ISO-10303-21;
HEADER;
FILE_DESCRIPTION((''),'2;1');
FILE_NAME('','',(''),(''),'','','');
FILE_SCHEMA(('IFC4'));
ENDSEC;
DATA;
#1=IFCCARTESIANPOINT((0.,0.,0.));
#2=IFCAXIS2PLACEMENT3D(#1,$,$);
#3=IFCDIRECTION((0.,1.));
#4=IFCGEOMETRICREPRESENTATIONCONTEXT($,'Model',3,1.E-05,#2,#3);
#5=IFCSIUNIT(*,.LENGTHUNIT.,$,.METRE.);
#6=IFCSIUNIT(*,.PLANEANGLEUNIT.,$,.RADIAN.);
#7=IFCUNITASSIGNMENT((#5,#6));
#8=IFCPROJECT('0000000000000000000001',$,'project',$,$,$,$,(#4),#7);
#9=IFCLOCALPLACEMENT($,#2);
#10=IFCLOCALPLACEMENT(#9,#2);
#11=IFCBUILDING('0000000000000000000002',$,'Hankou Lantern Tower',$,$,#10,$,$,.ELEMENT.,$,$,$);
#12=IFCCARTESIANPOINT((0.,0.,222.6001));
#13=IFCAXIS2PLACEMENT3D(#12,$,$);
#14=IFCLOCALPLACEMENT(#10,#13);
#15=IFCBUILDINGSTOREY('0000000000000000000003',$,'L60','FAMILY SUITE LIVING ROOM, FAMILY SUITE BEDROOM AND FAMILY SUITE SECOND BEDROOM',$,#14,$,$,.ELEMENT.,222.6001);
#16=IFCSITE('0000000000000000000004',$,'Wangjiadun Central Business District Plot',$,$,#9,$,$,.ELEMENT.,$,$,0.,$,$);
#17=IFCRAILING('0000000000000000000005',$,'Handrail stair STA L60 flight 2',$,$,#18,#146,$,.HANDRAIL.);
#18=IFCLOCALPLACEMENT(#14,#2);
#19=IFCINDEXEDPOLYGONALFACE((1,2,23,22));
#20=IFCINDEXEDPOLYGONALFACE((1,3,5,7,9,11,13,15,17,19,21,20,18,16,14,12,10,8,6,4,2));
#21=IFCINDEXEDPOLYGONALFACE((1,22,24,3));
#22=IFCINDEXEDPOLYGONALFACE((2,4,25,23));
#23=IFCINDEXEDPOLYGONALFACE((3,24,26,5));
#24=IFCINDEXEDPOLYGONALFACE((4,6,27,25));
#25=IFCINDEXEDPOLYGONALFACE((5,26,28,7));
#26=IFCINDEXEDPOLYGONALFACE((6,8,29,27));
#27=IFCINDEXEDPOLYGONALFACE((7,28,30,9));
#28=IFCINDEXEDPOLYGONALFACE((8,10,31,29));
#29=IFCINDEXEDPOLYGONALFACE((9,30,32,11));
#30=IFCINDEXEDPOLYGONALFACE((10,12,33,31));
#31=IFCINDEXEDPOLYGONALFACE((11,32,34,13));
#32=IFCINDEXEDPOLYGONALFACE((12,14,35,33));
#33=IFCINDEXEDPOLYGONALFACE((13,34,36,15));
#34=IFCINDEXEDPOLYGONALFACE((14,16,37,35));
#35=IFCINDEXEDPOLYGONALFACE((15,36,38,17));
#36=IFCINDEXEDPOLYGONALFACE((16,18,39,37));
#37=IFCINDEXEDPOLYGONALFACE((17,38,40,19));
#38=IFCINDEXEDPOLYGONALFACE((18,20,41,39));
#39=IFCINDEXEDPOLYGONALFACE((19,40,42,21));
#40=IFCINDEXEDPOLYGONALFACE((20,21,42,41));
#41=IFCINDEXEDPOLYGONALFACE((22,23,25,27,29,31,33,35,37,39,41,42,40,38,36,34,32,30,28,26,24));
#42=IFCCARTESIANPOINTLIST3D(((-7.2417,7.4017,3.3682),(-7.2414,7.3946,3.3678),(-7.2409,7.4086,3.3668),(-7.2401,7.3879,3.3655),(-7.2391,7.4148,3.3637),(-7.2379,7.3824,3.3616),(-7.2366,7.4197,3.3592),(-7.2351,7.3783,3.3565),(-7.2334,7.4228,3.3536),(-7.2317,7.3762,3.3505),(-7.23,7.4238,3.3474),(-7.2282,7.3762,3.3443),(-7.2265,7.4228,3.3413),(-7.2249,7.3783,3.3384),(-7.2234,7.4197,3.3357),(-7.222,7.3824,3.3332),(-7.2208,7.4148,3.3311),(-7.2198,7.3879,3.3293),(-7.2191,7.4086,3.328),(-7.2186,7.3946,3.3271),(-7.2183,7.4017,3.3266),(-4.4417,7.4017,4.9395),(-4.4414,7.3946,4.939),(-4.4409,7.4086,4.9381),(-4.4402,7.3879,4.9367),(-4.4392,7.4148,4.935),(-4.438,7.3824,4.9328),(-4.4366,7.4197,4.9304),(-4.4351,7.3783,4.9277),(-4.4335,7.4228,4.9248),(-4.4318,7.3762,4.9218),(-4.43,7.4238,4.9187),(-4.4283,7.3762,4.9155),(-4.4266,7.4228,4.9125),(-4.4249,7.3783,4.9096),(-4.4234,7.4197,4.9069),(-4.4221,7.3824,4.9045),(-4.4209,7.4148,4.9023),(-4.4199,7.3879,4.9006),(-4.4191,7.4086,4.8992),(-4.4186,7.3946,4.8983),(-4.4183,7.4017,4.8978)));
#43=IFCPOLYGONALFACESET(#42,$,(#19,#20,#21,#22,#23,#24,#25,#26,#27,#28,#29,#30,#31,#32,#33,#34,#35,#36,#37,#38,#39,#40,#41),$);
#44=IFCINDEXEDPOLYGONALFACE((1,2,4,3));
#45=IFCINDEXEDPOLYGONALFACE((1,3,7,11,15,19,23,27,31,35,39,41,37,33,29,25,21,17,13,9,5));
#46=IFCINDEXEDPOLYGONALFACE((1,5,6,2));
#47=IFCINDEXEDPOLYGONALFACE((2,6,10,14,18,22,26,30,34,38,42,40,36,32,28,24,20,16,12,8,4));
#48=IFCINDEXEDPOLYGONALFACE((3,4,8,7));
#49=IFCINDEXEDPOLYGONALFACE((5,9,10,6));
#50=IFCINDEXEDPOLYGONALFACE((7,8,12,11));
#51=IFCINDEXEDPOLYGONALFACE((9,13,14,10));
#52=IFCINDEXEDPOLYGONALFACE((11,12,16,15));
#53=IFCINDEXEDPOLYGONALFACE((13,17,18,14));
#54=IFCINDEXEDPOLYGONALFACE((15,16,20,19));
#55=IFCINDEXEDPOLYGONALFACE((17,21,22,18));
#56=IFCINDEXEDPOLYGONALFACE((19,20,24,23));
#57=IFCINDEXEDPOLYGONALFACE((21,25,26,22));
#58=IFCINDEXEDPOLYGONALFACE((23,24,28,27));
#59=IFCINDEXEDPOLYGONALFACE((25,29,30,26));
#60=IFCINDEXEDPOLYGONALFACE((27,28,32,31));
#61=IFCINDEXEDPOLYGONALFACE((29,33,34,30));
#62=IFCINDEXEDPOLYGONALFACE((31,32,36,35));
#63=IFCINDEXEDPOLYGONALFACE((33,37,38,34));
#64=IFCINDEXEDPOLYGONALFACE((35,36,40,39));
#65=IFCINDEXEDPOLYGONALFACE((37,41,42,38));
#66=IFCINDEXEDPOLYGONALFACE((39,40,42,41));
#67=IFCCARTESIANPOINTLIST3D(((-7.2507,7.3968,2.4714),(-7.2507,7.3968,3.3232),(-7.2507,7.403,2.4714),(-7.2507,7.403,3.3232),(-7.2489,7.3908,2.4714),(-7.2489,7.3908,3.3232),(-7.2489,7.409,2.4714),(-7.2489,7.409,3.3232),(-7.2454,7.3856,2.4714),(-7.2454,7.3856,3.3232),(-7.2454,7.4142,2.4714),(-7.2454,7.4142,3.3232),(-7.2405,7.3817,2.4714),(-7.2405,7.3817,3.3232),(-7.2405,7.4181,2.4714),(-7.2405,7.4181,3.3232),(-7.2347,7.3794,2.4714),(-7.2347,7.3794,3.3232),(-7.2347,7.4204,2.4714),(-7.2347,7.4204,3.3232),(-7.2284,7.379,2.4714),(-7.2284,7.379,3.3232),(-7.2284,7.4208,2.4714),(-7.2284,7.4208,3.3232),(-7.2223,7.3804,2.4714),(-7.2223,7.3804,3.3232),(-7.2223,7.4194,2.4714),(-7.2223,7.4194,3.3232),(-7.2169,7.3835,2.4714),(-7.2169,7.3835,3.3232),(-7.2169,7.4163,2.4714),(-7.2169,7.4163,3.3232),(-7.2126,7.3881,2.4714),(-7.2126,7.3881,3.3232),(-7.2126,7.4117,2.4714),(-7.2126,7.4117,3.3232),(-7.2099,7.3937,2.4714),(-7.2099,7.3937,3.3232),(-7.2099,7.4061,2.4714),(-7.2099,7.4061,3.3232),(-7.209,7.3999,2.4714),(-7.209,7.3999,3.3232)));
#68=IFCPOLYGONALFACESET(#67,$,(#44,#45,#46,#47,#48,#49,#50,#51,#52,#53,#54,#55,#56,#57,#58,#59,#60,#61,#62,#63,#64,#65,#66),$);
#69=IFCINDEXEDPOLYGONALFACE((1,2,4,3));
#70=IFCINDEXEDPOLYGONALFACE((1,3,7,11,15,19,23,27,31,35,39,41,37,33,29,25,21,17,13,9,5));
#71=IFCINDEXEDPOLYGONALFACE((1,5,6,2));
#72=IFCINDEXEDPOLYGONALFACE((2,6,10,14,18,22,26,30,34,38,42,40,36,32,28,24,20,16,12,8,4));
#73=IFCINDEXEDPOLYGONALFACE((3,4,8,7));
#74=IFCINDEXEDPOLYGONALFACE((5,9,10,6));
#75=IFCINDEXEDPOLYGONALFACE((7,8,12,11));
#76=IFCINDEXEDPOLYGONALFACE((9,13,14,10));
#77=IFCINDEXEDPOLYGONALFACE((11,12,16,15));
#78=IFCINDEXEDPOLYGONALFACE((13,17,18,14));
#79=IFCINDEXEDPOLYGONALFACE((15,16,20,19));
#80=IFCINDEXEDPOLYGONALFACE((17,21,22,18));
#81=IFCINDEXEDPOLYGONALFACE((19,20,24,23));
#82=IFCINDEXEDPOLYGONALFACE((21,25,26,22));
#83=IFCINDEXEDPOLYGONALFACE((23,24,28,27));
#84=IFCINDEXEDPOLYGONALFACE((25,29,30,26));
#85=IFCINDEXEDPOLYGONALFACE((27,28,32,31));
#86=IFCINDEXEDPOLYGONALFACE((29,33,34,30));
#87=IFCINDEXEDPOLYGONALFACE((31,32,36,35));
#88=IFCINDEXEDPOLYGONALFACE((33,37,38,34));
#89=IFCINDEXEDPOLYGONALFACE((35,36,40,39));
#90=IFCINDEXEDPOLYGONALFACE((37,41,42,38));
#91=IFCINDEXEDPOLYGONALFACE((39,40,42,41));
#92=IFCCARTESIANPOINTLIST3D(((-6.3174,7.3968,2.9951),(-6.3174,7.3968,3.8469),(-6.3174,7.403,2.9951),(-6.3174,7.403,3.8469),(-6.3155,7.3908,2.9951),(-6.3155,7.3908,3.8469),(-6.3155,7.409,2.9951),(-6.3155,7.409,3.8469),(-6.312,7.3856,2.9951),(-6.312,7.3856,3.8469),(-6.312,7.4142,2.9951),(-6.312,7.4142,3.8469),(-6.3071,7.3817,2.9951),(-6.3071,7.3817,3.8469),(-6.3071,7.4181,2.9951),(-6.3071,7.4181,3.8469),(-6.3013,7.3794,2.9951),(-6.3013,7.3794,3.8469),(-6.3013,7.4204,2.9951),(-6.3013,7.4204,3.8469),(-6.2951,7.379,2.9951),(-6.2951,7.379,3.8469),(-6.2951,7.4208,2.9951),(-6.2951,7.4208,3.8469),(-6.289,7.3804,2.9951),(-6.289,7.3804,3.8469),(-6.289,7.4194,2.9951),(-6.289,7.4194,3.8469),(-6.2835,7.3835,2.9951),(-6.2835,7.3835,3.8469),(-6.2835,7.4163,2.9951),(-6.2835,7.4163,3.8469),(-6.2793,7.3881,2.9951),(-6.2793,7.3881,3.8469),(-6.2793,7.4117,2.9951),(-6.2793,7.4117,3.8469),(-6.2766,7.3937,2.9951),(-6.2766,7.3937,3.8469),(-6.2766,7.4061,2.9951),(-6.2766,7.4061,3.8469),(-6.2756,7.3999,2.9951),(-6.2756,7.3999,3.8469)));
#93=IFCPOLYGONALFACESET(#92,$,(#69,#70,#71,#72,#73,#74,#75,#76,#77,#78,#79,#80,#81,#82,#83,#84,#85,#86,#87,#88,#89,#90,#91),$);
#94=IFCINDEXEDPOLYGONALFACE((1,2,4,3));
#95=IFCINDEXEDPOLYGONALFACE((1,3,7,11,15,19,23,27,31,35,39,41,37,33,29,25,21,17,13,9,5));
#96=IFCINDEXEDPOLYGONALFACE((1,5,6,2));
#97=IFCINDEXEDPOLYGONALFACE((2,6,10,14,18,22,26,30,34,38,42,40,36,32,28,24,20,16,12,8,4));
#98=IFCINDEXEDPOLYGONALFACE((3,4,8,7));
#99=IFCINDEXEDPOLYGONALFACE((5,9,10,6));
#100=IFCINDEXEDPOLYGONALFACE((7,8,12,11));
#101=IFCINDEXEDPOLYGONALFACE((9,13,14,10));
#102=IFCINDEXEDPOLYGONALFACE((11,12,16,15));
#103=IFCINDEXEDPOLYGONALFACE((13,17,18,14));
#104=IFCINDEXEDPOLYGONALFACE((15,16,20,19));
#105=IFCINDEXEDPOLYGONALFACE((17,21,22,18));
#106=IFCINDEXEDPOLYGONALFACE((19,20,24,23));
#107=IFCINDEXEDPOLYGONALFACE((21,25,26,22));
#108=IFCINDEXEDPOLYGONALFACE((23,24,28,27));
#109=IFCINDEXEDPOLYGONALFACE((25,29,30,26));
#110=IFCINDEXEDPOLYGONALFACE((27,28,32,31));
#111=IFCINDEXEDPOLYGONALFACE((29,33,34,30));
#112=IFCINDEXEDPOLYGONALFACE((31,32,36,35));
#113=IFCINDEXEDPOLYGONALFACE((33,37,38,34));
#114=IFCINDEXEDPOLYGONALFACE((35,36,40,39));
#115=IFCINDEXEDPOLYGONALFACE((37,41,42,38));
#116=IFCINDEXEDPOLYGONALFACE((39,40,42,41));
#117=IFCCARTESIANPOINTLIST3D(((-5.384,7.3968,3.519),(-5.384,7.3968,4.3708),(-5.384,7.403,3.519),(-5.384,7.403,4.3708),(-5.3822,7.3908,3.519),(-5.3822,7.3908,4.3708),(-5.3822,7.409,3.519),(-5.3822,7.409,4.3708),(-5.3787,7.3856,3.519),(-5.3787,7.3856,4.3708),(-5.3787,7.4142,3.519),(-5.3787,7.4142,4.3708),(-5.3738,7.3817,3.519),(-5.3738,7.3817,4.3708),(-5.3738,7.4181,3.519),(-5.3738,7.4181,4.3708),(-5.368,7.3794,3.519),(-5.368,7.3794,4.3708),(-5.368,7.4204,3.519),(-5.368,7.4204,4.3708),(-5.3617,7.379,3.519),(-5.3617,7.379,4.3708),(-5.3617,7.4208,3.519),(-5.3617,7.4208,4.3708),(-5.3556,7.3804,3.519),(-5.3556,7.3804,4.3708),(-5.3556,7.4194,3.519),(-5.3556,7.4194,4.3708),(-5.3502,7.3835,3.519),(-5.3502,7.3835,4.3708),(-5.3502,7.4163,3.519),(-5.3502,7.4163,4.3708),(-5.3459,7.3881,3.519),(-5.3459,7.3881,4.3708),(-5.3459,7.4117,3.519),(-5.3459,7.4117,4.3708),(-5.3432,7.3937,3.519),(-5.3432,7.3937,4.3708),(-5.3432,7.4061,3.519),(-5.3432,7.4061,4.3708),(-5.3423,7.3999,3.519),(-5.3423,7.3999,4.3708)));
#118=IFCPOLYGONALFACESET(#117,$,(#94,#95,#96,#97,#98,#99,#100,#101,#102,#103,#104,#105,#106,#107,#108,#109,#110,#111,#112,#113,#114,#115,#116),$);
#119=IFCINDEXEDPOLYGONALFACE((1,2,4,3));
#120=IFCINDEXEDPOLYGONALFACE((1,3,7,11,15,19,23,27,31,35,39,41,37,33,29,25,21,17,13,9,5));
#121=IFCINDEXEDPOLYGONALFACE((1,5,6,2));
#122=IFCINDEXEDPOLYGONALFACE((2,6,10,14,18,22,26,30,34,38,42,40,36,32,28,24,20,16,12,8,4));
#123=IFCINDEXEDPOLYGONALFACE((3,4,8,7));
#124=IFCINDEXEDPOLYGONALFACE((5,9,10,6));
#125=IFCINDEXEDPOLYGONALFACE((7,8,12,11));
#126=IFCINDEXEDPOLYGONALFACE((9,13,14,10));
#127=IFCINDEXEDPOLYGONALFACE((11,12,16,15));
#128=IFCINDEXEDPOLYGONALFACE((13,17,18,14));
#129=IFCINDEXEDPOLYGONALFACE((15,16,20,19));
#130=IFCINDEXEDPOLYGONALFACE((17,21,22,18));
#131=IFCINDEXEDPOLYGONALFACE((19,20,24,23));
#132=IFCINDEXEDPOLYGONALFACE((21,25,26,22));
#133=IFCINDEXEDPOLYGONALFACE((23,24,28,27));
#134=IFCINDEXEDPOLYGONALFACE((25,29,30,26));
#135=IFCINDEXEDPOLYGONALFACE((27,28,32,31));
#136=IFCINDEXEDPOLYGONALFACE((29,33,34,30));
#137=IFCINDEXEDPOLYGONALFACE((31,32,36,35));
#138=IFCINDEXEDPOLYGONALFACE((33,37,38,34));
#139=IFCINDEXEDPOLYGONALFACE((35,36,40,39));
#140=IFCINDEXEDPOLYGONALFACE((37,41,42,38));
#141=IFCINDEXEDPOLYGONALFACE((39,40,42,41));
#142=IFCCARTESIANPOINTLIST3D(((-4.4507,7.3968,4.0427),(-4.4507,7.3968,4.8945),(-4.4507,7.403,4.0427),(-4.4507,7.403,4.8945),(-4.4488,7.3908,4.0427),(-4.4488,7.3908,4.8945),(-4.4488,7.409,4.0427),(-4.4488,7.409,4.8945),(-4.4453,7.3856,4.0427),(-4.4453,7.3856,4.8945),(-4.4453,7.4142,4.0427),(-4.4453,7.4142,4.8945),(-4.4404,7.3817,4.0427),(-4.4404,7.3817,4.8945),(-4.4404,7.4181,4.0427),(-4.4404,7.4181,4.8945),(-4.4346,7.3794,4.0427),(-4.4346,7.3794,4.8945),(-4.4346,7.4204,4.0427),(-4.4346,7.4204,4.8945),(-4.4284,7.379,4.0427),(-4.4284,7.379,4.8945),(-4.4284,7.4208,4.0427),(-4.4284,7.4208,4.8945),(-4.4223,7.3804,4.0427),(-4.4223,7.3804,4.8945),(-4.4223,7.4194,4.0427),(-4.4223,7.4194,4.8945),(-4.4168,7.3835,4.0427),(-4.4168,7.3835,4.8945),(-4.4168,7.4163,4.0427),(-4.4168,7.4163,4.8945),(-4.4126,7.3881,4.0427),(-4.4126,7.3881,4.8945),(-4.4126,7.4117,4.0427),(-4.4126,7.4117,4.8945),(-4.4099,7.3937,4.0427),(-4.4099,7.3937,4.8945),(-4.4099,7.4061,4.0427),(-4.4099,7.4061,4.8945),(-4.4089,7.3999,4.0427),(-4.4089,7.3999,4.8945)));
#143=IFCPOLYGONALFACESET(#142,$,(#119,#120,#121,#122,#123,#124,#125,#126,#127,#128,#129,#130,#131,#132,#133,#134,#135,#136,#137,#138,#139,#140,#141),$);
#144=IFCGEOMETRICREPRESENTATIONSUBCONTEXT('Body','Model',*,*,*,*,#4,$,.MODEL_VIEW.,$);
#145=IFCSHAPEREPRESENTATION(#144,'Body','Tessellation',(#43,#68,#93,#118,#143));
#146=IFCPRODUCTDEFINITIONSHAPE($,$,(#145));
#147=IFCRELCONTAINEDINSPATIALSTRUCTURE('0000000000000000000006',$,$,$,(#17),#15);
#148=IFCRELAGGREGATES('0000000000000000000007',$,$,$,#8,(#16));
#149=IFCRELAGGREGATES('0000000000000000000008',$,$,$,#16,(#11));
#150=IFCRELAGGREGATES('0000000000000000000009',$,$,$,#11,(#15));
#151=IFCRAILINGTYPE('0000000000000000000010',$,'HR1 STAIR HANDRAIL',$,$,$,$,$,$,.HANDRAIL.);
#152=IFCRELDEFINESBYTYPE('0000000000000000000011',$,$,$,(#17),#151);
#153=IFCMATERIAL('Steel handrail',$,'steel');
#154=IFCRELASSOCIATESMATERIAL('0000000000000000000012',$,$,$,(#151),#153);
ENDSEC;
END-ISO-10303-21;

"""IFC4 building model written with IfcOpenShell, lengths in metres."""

from ifc_helpers import new_model, si_unit, direction, frame, origin, origin_2d, place, context, subcontext, project, spatial, circle, extrude, material, type_object, element, save


model = new_model("IFC4")

# Units and contexts
model_context = context("Model", 3, precision=1e-05, world=origin(), true_north=direction((0.0, 1.0)))
body_context = subcontext(model_context, "Body", "Model", "MODEL_VIEW")
ifc_project = project(units=[si_unit("LENGTHUNIT", "METRE"), si_unit("PLANEANGLEUNIT", "RADIAN")], contexts=[model_context])

# Site, building, storey
site_placement = place(None, origin())
site = spatial("IfcSite", under=ifc_project, at=site_placement, Name="Wangjiadun Central Business District Plot", CompositionType="ELEMENT", RefElevation=0.0)
building_placement = place(site_placement, origin())
building = spatial("IfcBuilding", under=site, at=building_placement, Name="Hankou Lantern Tower", CompositionType="ELEMENT")
storey_placement = place(building_placement, frame((0.0, 0.0, 222.6001)))
storey = spatial("IfcBuildingStorey", under=building, at=storey_placement, Name="L60", Description="FAMILY SUITE LIVING ROOM, FAMILY SUITE BEDROOM AND FAMILY SUITE SECOND BEDROOM", CompositionType="ELEMENT", Elevation=222.6001)

# Railing
ifc_material_1 = material(Name="Steel handrail", Category="steel")
railing_type = type_object("IfcRailingType", Name="HR1 STAIR HANDRAIL", PredefinedType="HANDRAIL", material=ifc_material_1)
railing_1_placement = place(storey_placement, frame((-7.23, 7.3999, 2.4714)))
element("IfcRailing", 1, at=railing_1_placement, inside=storey, type_object=railing_type, Name="Handrail stair STA L60 flight 2", PredefinedType="HANDRAIL", context=body_context, shape_type="SweptSolid", body=[
    extrude(circle(Radius=0.0239, at=origin_2d()), frame((0.0, 0.0, 0.876), z_axis=(0.872073, 0.0, 0.489377), x_axis=(0.0, 1.0, 0.0)), (0.0, 0.0, 1.0), 3.2107),
    extrude(circle(Radius=0.021, at=origin_2d()), origin(), (0.0, 0.0, 1.0), 0.8518),
    extrude(circle(Radius=0.021, at=origin_2d()), frame((0.9333, 0.0, 0.5237)), (0.0, 0.0, 1.0), 0.8518),
    extrude(circle(Radius=0.021, at=origin_2d()), frame((1.8667, 0.0, 1.0476)), (0.0, 0.0, 1.0), 0.8518),
    extrude(circle(Radius=0.021, at=origin_2d()), frame((2.8, 0.0, 1.5713)), (0.0, 0.0, 1.0), 0.8518),
])

save(model, "model.ifc")
